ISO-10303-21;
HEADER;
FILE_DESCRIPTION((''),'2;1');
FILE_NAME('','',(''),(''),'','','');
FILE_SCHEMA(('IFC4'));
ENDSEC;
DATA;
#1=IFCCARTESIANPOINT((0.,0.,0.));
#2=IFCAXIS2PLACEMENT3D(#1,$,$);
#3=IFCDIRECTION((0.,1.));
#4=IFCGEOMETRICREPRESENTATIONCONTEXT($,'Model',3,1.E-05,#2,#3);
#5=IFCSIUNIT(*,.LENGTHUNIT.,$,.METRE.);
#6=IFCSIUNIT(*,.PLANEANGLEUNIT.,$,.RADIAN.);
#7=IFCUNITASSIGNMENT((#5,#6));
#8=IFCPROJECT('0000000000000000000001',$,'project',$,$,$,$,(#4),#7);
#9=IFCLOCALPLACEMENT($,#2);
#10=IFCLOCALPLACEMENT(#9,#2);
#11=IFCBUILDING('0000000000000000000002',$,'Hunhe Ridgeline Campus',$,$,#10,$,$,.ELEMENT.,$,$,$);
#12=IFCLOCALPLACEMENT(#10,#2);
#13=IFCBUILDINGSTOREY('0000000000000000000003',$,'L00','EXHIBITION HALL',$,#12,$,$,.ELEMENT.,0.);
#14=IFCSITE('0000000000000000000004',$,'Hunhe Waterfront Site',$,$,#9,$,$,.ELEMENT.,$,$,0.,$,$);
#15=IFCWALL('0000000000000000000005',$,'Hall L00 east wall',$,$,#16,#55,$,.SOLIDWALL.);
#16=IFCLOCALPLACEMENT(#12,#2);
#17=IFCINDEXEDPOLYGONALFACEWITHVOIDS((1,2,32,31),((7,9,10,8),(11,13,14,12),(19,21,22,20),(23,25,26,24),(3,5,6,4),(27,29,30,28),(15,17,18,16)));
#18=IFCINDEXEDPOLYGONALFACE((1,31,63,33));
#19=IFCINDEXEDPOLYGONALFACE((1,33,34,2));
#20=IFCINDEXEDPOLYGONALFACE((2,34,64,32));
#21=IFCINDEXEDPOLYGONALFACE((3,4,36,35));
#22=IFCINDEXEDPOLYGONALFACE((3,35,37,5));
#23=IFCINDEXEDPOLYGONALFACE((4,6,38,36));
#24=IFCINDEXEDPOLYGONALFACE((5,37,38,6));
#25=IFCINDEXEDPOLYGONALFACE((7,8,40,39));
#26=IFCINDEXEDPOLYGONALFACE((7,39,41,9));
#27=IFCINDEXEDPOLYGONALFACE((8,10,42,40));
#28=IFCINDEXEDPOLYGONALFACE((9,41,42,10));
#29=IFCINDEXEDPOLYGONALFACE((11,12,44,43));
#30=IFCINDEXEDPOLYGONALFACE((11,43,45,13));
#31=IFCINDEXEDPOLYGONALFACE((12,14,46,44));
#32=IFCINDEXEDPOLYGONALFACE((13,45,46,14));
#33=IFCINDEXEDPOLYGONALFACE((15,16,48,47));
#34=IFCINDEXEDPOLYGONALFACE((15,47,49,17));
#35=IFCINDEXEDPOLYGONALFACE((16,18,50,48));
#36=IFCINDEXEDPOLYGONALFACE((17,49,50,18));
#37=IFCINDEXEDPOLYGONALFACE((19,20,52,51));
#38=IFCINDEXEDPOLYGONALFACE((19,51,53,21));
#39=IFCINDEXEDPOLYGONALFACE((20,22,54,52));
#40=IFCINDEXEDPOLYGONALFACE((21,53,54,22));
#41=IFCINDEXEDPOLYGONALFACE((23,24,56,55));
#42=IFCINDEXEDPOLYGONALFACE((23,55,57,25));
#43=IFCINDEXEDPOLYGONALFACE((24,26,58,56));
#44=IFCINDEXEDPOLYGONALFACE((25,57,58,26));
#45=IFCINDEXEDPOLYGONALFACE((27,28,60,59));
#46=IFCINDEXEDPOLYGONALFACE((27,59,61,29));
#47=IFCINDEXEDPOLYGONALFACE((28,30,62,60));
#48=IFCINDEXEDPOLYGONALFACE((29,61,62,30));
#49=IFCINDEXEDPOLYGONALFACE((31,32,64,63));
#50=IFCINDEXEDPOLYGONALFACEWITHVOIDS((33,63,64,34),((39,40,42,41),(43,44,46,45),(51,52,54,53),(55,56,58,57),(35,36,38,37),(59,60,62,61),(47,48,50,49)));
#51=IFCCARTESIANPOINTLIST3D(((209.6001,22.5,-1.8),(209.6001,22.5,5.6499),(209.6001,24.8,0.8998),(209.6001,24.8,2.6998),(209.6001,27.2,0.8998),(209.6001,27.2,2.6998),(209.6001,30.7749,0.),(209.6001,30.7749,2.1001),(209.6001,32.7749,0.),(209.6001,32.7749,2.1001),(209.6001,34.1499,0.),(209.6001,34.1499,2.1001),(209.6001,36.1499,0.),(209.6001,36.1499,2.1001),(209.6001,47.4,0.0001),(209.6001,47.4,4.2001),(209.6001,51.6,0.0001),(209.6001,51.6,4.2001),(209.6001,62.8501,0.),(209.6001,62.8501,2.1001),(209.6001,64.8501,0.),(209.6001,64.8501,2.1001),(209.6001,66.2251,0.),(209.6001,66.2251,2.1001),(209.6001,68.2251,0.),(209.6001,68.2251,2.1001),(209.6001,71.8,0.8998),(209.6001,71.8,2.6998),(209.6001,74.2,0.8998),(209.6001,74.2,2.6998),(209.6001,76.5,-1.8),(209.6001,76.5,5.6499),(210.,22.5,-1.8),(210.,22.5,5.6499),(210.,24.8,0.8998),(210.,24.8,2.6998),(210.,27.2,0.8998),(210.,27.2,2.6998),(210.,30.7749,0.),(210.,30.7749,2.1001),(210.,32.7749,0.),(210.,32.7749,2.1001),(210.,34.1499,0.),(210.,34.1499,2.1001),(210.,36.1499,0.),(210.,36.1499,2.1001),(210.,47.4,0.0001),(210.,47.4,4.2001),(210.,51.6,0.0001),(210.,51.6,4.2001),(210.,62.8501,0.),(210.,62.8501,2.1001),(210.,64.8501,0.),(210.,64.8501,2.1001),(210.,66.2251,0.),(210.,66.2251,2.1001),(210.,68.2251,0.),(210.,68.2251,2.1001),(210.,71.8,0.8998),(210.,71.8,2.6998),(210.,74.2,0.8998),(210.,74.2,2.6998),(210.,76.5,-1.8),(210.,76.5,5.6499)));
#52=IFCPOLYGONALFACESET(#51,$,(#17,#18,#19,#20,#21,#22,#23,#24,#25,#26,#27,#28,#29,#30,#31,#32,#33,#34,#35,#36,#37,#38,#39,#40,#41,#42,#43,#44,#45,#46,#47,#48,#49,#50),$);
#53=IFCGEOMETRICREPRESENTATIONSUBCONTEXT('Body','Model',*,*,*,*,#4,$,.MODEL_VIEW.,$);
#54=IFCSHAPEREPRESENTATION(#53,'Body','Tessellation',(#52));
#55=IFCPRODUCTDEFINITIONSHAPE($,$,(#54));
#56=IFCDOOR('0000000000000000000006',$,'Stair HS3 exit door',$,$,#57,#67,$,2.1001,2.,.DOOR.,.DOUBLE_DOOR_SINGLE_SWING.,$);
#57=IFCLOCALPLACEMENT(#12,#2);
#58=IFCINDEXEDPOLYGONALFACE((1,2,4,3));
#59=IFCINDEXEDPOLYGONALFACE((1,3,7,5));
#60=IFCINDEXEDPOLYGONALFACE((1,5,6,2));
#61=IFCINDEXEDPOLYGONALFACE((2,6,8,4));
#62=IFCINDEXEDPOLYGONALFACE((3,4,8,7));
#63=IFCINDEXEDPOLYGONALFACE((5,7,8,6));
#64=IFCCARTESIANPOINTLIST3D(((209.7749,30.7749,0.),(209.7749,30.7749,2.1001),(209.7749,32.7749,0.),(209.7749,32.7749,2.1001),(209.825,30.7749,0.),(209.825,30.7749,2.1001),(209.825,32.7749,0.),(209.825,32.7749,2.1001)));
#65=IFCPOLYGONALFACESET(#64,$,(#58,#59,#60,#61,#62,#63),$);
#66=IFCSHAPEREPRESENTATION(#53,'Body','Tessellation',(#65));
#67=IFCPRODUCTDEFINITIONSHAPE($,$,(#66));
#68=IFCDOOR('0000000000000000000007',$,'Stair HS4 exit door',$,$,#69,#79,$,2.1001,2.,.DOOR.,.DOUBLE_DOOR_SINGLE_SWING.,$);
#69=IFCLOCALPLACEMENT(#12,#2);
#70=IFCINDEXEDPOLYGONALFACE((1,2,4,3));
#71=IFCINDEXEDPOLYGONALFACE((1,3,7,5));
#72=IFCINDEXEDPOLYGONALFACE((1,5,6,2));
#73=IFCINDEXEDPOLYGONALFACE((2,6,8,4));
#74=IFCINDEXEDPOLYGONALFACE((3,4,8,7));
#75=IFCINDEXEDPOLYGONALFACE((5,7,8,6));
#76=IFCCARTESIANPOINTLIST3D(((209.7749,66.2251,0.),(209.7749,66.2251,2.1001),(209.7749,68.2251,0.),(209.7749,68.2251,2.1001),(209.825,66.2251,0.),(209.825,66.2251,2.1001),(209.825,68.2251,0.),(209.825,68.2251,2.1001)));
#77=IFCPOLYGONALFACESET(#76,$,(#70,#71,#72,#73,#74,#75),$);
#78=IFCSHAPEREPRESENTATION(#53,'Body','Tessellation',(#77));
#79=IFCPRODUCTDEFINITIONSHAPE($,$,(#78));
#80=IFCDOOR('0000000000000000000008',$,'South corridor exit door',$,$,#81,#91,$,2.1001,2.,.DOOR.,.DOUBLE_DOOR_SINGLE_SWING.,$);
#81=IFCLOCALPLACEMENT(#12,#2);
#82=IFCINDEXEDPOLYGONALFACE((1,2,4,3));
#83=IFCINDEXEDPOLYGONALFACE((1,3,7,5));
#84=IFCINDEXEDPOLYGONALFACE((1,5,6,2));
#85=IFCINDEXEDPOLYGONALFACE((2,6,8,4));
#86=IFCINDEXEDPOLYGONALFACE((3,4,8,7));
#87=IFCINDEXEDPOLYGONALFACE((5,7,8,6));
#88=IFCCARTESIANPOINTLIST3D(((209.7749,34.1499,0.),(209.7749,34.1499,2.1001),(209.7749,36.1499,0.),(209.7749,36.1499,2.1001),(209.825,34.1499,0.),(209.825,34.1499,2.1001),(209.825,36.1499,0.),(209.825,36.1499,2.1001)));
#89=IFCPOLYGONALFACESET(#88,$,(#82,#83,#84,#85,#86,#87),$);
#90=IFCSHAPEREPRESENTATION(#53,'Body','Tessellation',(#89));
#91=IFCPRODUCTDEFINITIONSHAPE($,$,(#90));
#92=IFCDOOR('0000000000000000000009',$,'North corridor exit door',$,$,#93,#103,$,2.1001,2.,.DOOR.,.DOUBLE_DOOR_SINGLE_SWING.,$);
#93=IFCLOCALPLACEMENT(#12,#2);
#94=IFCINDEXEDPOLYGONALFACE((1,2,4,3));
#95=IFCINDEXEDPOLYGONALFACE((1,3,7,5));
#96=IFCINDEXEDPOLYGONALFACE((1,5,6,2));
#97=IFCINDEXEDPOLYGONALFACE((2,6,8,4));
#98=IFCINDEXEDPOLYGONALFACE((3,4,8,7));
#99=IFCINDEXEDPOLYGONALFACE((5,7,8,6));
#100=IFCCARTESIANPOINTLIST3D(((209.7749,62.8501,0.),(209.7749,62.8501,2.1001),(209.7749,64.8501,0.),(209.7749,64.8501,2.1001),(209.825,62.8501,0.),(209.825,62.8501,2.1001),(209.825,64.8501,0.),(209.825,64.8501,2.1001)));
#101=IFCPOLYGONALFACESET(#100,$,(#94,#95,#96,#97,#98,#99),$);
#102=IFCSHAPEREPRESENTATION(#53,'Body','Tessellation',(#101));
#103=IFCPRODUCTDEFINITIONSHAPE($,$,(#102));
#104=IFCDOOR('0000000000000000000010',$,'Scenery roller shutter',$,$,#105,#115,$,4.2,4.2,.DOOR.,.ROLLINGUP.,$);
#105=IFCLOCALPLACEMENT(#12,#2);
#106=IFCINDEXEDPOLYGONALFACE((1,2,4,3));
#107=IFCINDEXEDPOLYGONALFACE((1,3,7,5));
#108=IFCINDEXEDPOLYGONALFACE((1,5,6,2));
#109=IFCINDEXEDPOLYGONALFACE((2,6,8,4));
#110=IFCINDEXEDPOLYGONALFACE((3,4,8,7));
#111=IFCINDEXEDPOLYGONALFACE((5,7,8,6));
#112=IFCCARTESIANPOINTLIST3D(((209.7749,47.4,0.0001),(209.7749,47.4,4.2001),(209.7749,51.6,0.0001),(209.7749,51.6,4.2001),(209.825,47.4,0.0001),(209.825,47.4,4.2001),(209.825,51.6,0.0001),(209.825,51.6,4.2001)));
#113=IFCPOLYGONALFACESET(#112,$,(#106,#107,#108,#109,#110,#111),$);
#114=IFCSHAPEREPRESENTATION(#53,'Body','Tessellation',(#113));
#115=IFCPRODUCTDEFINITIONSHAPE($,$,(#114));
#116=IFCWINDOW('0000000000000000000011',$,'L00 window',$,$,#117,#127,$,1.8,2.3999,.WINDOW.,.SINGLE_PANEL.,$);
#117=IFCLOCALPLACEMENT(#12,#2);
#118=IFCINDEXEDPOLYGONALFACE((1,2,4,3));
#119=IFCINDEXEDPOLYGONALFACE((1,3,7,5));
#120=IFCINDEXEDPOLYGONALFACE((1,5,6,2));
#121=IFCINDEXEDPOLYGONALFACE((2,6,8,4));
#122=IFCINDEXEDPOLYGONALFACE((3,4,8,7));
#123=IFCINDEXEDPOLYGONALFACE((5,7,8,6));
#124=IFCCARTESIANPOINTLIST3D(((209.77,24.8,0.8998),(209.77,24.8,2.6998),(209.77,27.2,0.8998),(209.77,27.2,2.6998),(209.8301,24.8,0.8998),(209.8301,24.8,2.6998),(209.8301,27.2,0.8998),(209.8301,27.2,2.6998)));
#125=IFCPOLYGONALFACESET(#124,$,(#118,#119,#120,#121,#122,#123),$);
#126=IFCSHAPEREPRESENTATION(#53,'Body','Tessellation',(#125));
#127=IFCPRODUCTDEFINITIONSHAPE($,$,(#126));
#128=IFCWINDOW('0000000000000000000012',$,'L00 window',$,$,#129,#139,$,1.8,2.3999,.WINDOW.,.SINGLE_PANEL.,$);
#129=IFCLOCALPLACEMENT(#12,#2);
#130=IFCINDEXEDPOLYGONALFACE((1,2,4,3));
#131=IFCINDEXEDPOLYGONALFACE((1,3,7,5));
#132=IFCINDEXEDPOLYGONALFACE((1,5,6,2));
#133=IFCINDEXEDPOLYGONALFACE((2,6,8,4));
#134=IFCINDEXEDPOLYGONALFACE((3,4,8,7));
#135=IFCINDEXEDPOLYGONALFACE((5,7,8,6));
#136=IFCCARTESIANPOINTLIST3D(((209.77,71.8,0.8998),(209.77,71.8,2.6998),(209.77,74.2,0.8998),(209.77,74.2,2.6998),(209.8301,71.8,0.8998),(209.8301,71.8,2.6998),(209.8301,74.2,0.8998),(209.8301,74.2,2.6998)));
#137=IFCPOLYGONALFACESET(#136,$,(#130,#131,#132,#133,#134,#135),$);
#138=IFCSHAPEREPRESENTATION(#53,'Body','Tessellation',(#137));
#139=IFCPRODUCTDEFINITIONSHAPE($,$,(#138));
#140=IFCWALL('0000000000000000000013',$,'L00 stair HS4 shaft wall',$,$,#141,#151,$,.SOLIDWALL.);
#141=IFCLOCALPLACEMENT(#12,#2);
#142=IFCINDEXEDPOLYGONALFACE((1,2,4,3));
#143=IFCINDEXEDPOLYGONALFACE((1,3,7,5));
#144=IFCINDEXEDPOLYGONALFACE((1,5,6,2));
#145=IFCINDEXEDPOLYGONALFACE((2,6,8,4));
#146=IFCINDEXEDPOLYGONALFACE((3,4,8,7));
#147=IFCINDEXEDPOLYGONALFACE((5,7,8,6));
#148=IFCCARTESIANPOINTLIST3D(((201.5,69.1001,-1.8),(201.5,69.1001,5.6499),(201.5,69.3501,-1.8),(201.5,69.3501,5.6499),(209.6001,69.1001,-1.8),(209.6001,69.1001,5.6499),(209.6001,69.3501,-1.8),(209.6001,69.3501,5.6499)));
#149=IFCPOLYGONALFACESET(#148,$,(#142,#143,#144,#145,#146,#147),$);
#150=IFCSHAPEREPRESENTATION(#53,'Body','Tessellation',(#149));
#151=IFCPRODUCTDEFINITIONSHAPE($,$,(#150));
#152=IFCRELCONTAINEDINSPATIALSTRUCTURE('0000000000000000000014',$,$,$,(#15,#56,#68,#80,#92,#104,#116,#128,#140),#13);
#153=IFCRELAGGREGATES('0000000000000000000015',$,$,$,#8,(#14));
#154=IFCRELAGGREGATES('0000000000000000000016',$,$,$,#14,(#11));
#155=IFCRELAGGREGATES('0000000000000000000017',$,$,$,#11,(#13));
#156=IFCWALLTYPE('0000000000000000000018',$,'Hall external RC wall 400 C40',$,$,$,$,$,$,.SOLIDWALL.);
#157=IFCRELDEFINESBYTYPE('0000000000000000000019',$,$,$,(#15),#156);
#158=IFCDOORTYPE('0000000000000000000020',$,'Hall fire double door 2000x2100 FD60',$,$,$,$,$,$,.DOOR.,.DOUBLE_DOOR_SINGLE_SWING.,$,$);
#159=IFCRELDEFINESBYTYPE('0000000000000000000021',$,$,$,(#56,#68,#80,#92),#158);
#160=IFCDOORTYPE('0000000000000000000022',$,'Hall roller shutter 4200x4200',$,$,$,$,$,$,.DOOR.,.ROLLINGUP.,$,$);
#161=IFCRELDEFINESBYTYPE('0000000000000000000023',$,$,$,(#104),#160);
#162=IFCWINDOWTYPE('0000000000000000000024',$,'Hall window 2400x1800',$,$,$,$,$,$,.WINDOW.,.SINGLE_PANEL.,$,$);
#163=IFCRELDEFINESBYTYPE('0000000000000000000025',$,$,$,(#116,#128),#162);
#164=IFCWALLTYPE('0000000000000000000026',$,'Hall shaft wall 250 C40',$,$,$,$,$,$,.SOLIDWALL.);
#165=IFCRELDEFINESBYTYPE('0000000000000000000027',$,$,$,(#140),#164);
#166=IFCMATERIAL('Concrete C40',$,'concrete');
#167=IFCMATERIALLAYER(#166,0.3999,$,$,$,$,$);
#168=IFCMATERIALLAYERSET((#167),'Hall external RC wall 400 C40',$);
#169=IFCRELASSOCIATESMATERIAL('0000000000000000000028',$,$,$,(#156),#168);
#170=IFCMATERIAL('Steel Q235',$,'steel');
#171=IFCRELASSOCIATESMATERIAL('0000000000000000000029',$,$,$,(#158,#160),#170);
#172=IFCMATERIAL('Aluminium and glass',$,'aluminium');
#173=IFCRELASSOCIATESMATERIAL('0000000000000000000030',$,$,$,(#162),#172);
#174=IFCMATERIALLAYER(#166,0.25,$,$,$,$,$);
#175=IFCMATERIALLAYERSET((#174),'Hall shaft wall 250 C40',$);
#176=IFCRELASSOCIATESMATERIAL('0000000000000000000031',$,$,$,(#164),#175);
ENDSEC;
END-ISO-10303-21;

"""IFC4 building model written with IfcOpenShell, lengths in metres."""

from ifc_helpers import new_model, si_unit, direction, frame, frame_2d, origin, place, context, subcontext, project, spatial, rectangle, extrude, material, layer, layer_set, type_object, element, fill, save


model = new_model("IFC4")

# Units and contexts
model_context = context("Model", 3, precision=1e-05, world=origin(), true_north=direction((0.0, 1.0)))
body_context = subcontext(model_context, "Body", "Model", "MODEL_VIEW")
ifc_project = project(units=[si_unit("LENGTHUNIT", "METRE"), si_unit("PLANEANGLEUNIT", "RADIAN")], contexts=[model_context])

# Site, building, storey
site_placement = place(None, origin())
site = spatial("IfcSite", under=ifc_project, at=site_placement, Name="Hunhe Waterfront Site", CompositionType="ELEMENT", RefElevation=0.0)
building_placement = place(site_placement, origin())
building = spatial("IfcBuilding", under=site, at=building_placement, Name="Hunhe Ridgeline Campus", CompositionType="ELEMENT")
storey_placement = place(building_placement, origin())
storey = spatial("IfcBuildingStorey", under=building, at=storey_placement, Name="L00", Description="EXHIBITION HALL", CompositionType="ELEMENT", Elevation=0.0)

# Wall, openings, doors, windows
ifc_material_1 = material(Name="Concrete C40", Category="concrete")
ifc_layer_1 = layer(ifc_material_1, 0.3999)
ifc_layer_set_1 = layer_set([ifc_layer_1], Name="Hall external RC wall 400 C40")
wall_type_1 = type_object("IfcWallType", Name="Hall external RC wall 400 C40", PredefinedType="SOLIDWALL", material=ifc_layer_set_1)
wall_1_placement = place(storey_placement, frame((209.8, 76.5, -1.8), z_axis=(0.0, 0.0, 1.0), x_axis=(0.0, -1.0, 0.0)))
wall_1 = element("IfcWall", 1, at=wall_1_placement, inside=storey, type_object=wall_type_1, Name="Hall L00 east wall", PredefinedType="SOLIDWALL", context=body_context, shape_type="SweptSolid", body=[
    extrude(rectangle(XDim=54.0, YDim=0.3999, at=frame_2d((27.0, 0.0))), origin(), (0.0, 0.0, 1.0), 7.45),
])
opening_1_placement = place(wall_1_placement, frame((43.7251, 0.0, 1.8)))
opening_1 = element("IfcOpeningElement", 2, at=opening_1_placement, cuts=wall_1, PredefinedType="OPENING", context=body_context, shape_type="SweptSolid", body=[
    extrude(rectangle(XDim=2.0, YDim=2.1001, at=frame_2d((1.0, 1.05))), frame((0.0, 0.2, 0.0), z_axis=(0.0, -1.0, 0.0), x_axis=(1.0, 0.0, 0.0)), (0.0, 0.0, 1.0), 0.3999),
])
opening_2_placement = place(wall_1_placement, frame((8.2749, 0.0, 1.8)))
opening_2 = element("IfcOpeningElement", 3, at=opening_2_placement, cuts=wall_1, PredefinedType="OPENING", context=body_context, shape_type="SweptSolid", body=[
    extrude(rectangle(XDim=2.0, YDim=2.1001, at=frame_2d((1.0, 1.05))), frame((0.0, 0.2, 0.0), z_axis=(0.0, -1.0, 0.0), x_axis=(1.0, 0.0, 0.0)), (0.0, 0.0, 1.0), 0.3999),
])
opening_3_placement = place(wall_1_placement, frame((40.3501, 0.0, 1.8)))
opening_3 = element("IfcOpeningElement", 4, at=opening_3_placement, cuts=wall_1, PredefinedType="OPENING", context=body_context, shape_type="SweptSolid", body=[
    extrude(rectangle(XDim=2.0, YDim=2.1001, at=frame_2d((1.0, 1.05))), frame((0.0, 0.2, 0.0), z_axis=(0.0, -1.0, 0.0), x_axis=(1.0, 0.0, 0.0)), (0.0, 0.0, 1.0), 0.3999),
])
opening_4_placement = place(wall_1_placement, frame((11.6499, 0.0, 1.8)))
opening_4 = element("IfcOpeningElement", 5, at=opening_4_placement, cuts=wall_1, PredefinedType="OPENING", context=body_context, shape_type="SweptSolid", body=[
    extrude(rectangle(XDim=2.0, YDim=2.1001, at=frame_2d((1.0, 1.05))), frame((0.0, 0.2, 0.0), z_axis=(0.0, -1.0, 0.0), x_axis=(1.0, 0.0, 0.0)), (0.0, 0.0, 1.0), 0.3999),
])
opening_5_placement = place(wall_1_placement, frame((24.8999, 0.0, 1.8)))
opening_5 = element("IfcOpeningElement", 6, at=opening_5_placement, cuts=wall_1, PredefinedType="OPENING", context=body_context, shape_type="SweptSolid", body=[
    extrude(rectangle(XDim=4.2, YDim=4.2, at=frame_2d((2.1001, 2.1001))), frame((0.0, 0.2, 0.0), z_axis=(0.0, -1.0, 0.0), x_axis=(1.0, 0.0, 0.0)), (0.0, 0.0, 1.0), 0.3999),
])
opening_6_placement = place(wall_1_placement, frame((49.3, 0.0, 2.7)))
opening_6 = element("IfcOpeningElement", 7, at=opening_6_placement, cuts=wall_1, PredefinedType="OPENING", context=body_context, shape_type="SweptSolid", body=[
    extrude(rectangle(XDim=2.3999, YDim=1.8, at=frame_2d((1.2, 0.8999))), frame((0.0, 0.2, 0.0), z_axis=(0.0, -1.0, 0.0), x_axis=(1.0, 0.0, 0.0)), (0.0, 0.0, 1.0), 0.3999),
])
opening_7_placement = place(wall_1_placement, frame((2.3, 0.0, 2.7)))
opening_7 = element("IfcOpeningElement", 8, at=opening_7_placement, cuts=wall_1, PredefinedType="OPENING", context=body_context, shape_type="SweptSolid", body=[
    extrude(rectangle(XDim=2.3999, YDim=1.8, at=frame_2d((1.2, 0.8999))), frame((0.0, 0.2, 0.0), z_axis=(0.0, -1.0, 0.0), x_axis=(1.0, 0.0, 0.0)), (0.0, 0.0, 1.0), 0.3999),
])
ifc_material_2 = material(Name="Steel Q235", Category="steel")
door_type_1 = type_object("IfcDoorType", Name="Hall fire double door 2000x2100 FD60", OperationType="DOUBLE_DOOR_SINGLE_SWING", PredefinedType="DOOR", material=ifc_material_2)
door_1_placement = place(opening_1_placement, origin())
door_1 = element("IfcDoor", 9, at=door_1_placement, inside=storey, type_object=door_type_1, Name="Stair HS3 exit door", OperationType="DOUBLE_DOOR_SINGLE_SWING", OverallHeight=2.1001, OverallWidth=2.0, PredefinedType="DOOR", context=body_context, shape_type="SweptSolid", body=[
    extrude(rectangle(XDim=2.0, YDim=2.1001, at=frame_2d((1.0, 1.05))), frame((0.0, 0.0249, 0.0), z_axis=(0.0, -1.0, 0.0), x_axis=(1.0, 0.0, 0.0)), (0.0, 0.0, 1.0), 0.05),
])
fill(opening_1, door_1)
door_2_placement = place(opening_2_placement, origin())
door_2 = element("IfcDoor", 10, at=door_2_placement, inside=storey, type_object=door_type_1, Name="Stair HS4 exit door", OperationType="DOUBLE_DOOR_SINGLE_SWING", OverallHeight=2.1001, OverallWidth=2.0, PredefinedType="DOOR", context=body_context, shape_type="SweptSolid", body=[
    extrude(rectangle(XDim=2.0, YDim=2.1001, at=frame_2d((1.0, 1.05))), frame((0.0, 0.0249, 0.0), z_axis=(0.0, -1.0, 0.0), x_axis=(1.0, 0.0, 0.0)), (0.0, 0.0, 1.0), 0.05),
])
fill(opening_2, door_2)
door_3_placement = place(opening_3_placement, origin())
door_3 = element("IfcDoor", 11, at=door_3_placement, inside=storey, type_object=door_type_1, Name="South corridor exit door", OperationType="DOUBLE_DOOR_SINGLE_SWING", OverallHeight=2.1001, OverallWidth=2.0, PredefinedType="DOOR", context=body_context, shape_type="SweptSolid", body=[
    extrude(rectangle(XDim=2.0, YDim=2.1001, at=frame_2d((1.0, 1.05))), frame((0.0, 0.0249, 0.0), z_axis=(0.0, -1.0, 0.0), x_axis=(1.0, 0.0, 0.0)), (0.0, 0.0, 1.0), 0.05),
])
fill(opening_3, door_3)
door_4_placement = place(opening_4_placement, origin())
door_4 = element("IfcDoor", 12, at=door_4_placement, inside=storey, type_object=door_type_1, Name="North corridor exit door", OperationType="DOUBLE_DOOR_SINGLE_SWING", OverallHeight=2.1001, OverallWidth=2.0, PredefinedType="DOOR", context=body_context, shape_type="SweptSolid", body=[
    extrude(rectangle(XDim=2.0, YDim=2.1001, at=frame_2d((1.0, 1.05))), frame((0.0, 0.0249, 0.0), z_axis=(0.0, -1.0, 0.0), x_axis=(1.0, 0.0, 0.0)), (0.0, 0.0, 1.0), 0.05),
])
fill(opening_4, door_4)
door_type_2 = type_object("IfcDoorType", Name="Hall roller shutter 4200x4200", OperationType="ROLLINGUP", PredefinedType="DOOR", material=ifc_material_2)
door_5_placement = place(opening_5_placement, origin())
door_5 = element("IfcDoor", 13, at=door_5_placement, inside=storey, type_object=door_type_2, Name="Scenery roller shutter", OperationType="ROLLINGUP", OverallHeight=4.2, OverallWidth=4.2, PredefinedType="DOOR", context=body_context, shape_type="SweptSolid", body=[
    extrude(rectangle(XDim=4.2, YDim=4.2, at=frame_2d((2.1001, 2.1001))), frame((0.0, 0.0249, 0.0), z_axis=(0.0, -1.0, 0.0), x_axis=(1.0, 0.0, 0.0)), (0.0, 0.0, 1.0), 0.05),
])
fill(opening_5, door_5)
ifc_material_3 = material(Name="Aluminium and glass", Category="aluminium")
window_type = type_object("IfcWindowType", Name="Hall window 2400x1800", PartitioningType="SINGLE_PANEL", PredefinedType="WINDOW", material=ifc_material_3)
window_1_placement = place(opening_6_placement, origin())
window_1 = element("IfcWindow", 14, at=window_1_placement, inside=storey, type_object=window_type, Name="L00 window", OverallHeight=1.8, OverallWidth=2.3999, PartitioningType="SINGLE_PANEL", PredefinedType="WINDOW", context=body_context, shape_type="SweptSolid", body=[
    extrude(rectangle(XDim=2.3999, YDim=1.8, at=frame_2d((1.2, 0.8999))), frame((0.0, 0.03, 0.0), z_axis=(0.0, -1.0, 0.0), x_axis=(1.0, 0.0, 0.0)), (0.0, 0.0, 1.0), 0.0601),
])
fill(opening_6, window_1)
window_2_placement = place(opening_7_placement, origin())
window_2 = element("IfcWindow", 15, at=window_2_placement, inside=storey, type_object=window_type, Name="L00 window", OverallHeight=1.8, OverallWidth=2.3999, PartitioningType="SINGLE_PANEL", PredefinedType="WINDOW", context=body_context, shape_type="SweptSolid", body=[
    extrude(rectangle(XDim=2.3999, YDim=1.8, at=frame_2d((1.2, 0.8999))), frame((0.0, 0.03, 0.0), z_axis=(0.0, -1.0, 0.0), x_axis=(1.0, 0.0, 0.0)), (0.0, 0.0, 1.0), 0.0601),
])
fill(opening_7, window_2)

# Wall
ifc_layer_2 = layer(ifc_material_1, 0.25)
ifc_layer_set_2 = layer_set([ifc_layer_2], Name="Hall shaft wall 250 C40")
wall_type_2 = type_object("IfcWallType", Name="Hall shaft wall 250 C40", PredefinedType="SOLIDWALL", material=ifc_layer_set_2)
wall_2_placement = place(storey_placement, frame((201.5, 69.2251, -1.8), z_axis=(0.0, 0.0, 1.0), x_axis=(1.0, 0.0, 0.0)))
element("IfcWall", 16, at=wall_2_placement, inside=storey, type_object=wall_type_2, Name="L00 stair HS4 shaft wall", PredefinedType="SOLIDWALL", context=body_context, shape_type="SweptSolid", body=[
    extrude(rectangle(XDim=8.1001, YDim=0.25, at=frame_2d((4.05, 0.0))), origin(), (0.0, 0.0, 1.0), 7.45),
])

save(model, "model.ifc")
